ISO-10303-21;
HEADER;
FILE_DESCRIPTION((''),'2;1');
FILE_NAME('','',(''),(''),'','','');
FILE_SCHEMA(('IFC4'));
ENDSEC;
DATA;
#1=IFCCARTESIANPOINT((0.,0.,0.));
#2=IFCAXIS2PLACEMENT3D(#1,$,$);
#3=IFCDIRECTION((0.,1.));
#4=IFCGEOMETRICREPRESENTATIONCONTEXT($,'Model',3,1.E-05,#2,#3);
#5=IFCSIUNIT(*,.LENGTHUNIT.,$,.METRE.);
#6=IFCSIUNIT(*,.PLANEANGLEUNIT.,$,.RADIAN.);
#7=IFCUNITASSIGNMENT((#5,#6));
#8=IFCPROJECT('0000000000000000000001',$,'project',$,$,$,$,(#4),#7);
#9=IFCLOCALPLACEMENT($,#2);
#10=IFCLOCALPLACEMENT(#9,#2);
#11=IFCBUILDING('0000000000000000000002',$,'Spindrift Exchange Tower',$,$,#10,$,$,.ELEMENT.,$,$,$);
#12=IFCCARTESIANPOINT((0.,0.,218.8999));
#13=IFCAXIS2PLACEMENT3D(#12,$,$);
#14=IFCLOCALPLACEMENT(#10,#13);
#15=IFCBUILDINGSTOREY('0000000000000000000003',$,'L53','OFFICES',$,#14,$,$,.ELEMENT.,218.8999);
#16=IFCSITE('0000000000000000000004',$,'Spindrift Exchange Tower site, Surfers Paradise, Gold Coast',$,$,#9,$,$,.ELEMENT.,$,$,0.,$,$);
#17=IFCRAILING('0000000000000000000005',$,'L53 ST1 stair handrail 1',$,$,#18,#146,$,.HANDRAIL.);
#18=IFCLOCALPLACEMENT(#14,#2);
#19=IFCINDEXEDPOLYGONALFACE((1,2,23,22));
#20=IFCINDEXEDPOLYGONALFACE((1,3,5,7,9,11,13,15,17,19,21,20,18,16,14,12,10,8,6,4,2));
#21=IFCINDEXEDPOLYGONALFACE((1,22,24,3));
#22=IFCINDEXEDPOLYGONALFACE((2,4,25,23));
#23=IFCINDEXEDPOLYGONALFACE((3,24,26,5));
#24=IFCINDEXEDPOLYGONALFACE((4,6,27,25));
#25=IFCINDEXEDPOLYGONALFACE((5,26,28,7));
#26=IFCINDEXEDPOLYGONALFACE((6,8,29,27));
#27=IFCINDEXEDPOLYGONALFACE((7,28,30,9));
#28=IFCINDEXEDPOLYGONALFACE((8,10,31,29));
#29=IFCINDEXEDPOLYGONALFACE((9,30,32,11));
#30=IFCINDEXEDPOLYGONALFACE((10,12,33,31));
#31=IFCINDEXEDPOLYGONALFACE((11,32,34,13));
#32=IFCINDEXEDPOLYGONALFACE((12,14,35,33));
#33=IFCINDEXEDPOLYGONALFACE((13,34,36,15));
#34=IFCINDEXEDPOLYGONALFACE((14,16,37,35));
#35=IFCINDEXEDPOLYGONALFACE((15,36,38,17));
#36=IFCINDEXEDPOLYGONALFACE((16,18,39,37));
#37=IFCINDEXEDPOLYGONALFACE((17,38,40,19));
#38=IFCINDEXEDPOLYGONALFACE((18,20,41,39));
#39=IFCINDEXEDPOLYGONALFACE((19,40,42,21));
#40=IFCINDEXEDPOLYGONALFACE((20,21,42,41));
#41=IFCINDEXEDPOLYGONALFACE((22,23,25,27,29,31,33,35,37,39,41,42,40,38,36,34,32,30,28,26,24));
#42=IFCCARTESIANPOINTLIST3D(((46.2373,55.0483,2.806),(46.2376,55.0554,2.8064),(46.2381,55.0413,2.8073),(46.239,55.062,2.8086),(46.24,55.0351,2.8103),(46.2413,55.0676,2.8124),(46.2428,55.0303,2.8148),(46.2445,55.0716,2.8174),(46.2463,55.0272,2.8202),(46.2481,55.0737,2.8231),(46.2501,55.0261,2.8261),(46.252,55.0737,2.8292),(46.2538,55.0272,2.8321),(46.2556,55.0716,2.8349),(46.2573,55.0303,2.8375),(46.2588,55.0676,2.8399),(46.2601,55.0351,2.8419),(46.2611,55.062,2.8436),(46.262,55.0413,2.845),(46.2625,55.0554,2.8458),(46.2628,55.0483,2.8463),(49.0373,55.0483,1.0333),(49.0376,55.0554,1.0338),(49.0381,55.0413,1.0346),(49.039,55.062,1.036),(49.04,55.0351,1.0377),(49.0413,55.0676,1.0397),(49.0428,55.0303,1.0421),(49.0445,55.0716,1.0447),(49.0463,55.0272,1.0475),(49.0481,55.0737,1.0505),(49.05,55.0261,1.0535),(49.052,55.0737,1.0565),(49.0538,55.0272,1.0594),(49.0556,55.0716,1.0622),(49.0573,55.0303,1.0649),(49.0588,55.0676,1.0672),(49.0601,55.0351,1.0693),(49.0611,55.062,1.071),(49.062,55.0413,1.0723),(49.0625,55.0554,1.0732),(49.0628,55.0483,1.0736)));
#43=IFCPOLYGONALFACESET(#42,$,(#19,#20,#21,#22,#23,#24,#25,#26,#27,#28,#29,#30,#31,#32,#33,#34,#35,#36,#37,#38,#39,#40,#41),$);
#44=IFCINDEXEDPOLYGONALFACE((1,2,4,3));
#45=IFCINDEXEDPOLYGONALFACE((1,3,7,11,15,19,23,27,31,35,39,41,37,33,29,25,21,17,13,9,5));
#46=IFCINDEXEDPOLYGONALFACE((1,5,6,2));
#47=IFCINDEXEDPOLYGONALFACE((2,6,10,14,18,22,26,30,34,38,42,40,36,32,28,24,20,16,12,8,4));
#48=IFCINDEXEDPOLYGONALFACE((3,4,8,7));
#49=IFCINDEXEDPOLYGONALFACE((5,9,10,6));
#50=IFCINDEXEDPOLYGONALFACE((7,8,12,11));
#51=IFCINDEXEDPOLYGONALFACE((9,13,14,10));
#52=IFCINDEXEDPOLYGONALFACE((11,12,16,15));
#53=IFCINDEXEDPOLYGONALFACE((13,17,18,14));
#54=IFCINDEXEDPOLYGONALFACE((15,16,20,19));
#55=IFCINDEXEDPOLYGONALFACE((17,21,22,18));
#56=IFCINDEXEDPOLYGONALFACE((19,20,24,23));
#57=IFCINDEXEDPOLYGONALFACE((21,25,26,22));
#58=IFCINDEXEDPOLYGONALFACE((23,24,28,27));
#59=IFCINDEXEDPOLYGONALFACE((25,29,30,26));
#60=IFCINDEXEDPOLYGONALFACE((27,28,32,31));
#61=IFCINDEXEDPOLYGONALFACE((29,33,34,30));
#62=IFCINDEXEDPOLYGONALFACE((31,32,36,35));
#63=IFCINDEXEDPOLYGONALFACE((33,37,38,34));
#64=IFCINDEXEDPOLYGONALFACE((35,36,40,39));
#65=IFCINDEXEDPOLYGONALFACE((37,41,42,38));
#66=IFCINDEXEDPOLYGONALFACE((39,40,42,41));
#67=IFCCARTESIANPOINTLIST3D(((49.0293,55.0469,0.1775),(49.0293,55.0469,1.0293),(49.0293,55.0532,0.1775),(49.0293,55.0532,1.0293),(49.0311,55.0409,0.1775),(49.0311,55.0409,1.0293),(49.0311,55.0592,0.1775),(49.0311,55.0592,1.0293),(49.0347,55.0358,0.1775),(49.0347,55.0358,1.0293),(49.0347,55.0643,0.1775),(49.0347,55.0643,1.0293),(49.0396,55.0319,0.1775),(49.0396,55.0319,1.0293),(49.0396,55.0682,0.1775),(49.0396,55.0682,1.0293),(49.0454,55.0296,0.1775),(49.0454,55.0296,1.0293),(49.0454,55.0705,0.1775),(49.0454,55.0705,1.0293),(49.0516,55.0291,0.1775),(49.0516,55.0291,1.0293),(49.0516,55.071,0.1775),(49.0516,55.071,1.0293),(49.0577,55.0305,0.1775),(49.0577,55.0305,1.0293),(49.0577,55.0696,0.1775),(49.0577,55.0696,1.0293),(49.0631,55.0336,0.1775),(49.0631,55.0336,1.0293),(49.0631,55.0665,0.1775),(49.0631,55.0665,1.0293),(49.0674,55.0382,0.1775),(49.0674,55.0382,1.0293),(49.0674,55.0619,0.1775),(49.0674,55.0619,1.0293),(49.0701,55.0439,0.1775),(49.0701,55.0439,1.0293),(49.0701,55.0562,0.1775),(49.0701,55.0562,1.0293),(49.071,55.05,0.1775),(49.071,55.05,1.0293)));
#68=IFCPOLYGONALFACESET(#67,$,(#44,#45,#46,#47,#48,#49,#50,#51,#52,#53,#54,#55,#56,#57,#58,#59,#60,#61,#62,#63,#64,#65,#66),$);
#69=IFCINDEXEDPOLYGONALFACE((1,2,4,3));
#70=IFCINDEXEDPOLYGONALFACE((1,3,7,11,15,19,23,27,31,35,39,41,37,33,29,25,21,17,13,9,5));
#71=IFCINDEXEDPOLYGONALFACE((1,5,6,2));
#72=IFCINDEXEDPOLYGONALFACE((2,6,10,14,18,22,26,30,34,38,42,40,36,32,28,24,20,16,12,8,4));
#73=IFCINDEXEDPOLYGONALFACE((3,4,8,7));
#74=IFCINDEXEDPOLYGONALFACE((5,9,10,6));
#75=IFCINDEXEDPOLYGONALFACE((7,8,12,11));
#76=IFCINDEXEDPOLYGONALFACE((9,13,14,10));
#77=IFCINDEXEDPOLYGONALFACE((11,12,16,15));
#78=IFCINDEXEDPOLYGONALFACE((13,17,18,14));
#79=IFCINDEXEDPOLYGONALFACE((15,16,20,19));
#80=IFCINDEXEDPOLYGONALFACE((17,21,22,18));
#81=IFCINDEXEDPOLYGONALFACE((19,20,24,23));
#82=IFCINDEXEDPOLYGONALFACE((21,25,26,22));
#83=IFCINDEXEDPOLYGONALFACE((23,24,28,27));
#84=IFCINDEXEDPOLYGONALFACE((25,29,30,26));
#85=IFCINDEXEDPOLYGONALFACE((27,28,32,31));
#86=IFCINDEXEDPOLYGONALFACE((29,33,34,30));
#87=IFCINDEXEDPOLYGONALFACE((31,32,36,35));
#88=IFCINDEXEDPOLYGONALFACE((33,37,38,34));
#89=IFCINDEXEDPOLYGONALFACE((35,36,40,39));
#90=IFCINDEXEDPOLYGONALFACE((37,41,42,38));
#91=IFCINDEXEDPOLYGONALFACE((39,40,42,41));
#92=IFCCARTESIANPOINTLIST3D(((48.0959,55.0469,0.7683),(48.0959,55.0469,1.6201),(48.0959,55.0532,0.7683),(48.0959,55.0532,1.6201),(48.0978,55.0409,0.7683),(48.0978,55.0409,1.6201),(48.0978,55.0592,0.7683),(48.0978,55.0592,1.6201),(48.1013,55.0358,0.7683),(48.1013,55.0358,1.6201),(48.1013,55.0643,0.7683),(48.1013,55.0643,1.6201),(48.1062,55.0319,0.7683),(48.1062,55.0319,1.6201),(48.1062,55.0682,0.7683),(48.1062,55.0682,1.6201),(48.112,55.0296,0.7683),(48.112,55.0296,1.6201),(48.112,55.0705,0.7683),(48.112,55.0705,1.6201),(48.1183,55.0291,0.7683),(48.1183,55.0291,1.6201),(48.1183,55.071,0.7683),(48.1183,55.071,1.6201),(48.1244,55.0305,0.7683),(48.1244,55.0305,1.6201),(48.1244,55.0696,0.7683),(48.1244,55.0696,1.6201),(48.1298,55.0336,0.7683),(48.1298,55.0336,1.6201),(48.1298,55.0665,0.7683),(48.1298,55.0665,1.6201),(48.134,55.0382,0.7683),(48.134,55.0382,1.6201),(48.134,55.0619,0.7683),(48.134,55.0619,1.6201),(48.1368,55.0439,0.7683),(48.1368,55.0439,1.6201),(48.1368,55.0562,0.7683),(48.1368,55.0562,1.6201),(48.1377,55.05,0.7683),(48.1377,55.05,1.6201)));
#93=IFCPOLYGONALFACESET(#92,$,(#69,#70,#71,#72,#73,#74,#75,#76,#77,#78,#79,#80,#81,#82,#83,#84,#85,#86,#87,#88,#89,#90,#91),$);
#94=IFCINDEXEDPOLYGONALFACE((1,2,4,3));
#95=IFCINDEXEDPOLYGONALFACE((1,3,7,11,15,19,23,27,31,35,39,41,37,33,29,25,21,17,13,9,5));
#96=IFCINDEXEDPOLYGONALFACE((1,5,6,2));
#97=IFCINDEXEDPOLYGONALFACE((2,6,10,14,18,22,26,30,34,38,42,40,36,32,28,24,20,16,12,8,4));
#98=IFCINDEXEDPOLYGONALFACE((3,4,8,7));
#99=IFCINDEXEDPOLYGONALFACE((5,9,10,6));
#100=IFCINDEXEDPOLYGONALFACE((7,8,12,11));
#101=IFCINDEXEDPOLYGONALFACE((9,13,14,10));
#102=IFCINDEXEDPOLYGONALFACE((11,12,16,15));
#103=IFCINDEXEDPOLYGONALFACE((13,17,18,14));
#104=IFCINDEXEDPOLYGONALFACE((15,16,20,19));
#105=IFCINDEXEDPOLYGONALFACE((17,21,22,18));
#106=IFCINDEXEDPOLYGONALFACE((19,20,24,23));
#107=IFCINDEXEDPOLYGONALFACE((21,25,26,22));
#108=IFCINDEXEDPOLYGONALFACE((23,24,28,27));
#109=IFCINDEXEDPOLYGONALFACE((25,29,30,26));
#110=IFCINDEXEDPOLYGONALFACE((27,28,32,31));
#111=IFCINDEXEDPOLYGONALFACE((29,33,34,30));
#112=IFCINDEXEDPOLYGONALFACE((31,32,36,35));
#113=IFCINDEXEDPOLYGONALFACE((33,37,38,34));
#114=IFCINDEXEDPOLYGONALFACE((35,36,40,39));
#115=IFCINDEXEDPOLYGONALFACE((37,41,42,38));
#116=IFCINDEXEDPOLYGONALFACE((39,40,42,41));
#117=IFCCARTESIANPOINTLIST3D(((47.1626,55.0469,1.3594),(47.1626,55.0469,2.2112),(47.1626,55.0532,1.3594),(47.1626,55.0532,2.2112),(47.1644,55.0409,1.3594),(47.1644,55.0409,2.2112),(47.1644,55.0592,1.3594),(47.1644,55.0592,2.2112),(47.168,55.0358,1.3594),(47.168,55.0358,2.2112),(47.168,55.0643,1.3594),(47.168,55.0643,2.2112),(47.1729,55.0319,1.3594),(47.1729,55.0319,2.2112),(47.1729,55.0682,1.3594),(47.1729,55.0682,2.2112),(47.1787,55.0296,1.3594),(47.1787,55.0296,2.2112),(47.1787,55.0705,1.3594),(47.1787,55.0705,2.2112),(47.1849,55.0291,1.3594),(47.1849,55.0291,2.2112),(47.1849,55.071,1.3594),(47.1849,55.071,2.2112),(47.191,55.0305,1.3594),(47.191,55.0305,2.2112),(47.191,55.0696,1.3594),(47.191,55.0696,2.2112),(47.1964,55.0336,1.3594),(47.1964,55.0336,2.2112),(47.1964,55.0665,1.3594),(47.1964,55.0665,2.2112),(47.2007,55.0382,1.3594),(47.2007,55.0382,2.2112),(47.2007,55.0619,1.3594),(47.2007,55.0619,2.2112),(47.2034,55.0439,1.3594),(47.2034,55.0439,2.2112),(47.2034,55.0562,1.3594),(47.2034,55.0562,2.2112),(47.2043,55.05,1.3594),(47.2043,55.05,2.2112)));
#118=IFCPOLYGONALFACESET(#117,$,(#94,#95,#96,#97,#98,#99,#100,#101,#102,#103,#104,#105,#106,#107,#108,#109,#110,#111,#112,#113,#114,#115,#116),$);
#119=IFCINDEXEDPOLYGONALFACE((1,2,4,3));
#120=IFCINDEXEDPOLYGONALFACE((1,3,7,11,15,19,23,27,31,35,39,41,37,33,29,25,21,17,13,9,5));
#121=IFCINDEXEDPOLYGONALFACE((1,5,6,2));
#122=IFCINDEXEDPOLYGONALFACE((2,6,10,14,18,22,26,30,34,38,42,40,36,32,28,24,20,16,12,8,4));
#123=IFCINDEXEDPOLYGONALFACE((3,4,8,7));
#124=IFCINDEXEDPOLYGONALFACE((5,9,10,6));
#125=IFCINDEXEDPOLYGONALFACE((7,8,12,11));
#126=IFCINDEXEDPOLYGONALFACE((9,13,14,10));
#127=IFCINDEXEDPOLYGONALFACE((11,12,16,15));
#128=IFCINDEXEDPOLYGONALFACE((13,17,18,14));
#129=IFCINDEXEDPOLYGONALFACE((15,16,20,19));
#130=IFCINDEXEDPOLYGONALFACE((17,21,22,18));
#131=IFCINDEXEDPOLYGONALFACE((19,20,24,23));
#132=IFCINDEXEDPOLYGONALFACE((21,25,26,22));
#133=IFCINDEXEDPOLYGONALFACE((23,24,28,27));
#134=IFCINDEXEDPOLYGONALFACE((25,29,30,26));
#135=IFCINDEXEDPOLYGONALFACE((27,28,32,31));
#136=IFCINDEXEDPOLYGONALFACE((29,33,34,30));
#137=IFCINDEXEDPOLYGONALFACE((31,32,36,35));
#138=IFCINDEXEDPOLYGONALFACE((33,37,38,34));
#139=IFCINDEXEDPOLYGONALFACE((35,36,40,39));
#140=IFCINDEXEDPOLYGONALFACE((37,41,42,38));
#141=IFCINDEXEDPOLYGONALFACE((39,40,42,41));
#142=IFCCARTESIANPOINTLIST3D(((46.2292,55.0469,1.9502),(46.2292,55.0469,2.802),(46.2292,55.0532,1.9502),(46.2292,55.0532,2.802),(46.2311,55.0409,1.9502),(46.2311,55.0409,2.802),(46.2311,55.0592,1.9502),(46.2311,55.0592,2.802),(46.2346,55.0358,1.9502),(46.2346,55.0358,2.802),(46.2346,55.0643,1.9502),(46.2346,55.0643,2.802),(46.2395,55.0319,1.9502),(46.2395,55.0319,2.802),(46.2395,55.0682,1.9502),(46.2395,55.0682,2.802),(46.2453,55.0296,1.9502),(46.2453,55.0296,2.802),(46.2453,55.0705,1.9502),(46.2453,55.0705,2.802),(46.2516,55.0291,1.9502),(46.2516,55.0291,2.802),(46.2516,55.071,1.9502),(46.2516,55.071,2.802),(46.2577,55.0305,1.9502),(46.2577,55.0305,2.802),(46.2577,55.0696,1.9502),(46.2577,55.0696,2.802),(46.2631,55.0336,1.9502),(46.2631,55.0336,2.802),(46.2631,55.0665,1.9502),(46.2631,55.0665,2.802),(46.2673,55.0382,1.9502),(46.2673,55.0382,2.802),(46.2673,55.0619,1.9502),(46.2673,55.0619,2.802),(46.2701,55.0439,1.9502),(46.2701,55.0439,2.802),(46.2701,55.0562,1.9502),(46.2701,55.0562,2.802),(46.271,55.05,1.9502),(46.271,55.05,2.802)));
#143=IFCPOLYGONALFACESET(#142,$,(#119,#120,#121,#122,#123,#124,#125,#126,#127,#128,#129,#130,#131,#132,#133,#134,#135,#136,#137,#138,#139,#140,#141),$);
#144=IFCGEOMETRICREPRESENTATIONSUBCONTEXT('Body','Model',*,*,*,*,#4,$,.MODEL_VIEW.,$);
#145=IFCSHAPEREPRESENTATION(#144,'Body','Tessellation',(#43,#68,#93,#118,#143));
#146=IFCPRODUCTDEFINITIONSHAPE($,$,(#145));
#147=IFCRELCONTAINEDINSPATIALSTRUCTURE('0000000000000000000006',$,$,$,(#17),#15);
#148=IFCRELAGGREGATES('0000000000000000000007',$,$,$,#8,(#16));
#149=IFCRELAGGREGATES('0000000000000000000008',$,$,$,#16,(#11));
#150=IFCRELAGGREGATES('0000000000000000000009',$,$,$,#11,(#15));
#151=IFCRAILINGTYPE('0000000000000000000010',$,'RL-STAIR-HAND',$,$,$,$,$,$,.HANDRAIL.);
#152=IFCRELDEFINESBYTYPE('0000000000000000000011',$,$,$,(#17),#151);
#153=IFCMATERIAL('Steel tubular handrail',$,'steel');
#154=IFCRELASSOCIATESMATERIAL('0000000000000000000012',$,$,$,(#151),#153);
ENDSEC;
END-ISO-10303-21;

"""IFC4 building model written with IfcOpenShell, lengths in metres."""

from ifc_helpers import new_model, si_unit, direction, frame, origin, origin_2d, place, context, subcontext, project, spatial, circle, extrude, material, type_object, element, save


model = new_model("IFC4")

# Units and contexts
model_context = context("Model", 3, precision=1e-05, world=origin(), true_north=direction((0.0, 1.0)))
body_context = subcontext(model_context, "Body", "Model", "MODEL_VIEW")
ifc_project = project(units=[si_unit("LENGTHUNIT", "METRE"), si_unit("PLANEANGLEUNIT", "RADIAN")], contexts=[model_context])

# Site, building, storey
site_placement = place(None, origin())
site = spatial("IfcSite", under=ifc_project, at=site_placement, Name="Spindrift Exchange Tower site, Surfers Paradise, Gold Coast", CompositionType="ELEMENT", RefElevation=0.0)
building_placement = place(site_placement, origin())
building = spatial("IfcBuilding", under=site, at=building_placement, Name="Spindrift Exchange Tower", CompositionType="ELEMENT")
storey_placement = place(building_placement, frame((0.0, 0.0, 218.8999)))
storey = spatial("IfcBuildingStorey", under=building, at=storey_placement, Name="L53", Description="OFFICES", CompositionType="ELEMENT", Elevation=218.8999)

# Railing
ifc_material_1 = material(Name="Steel tubular handrail", Category="steel")
railing_type_1 = type_object("IfcRailingType", Name="RL-STAIR-HAND", PredefinedType="HANDRAIL", material=ifc_material_1)
railing_1_placement = place(storey_placement, frame((49.05, 55.05, 0.1775)))
element("IfcRailing", 1, at=railing_1_placement, inside=storey, type_object=railing_type_1, Name="L53 ST1 stair handrail 1", PredefinedType="HANDRAIL", context=body_context, shape_type="SweptSolid", body=[
    extrude(circle(Radius=0.0239, at=origin_2d()), frame((0.0, 0.0, 0.876), z_axis=(-0.844909, 0.0, 0.53491), x_axis=(0.0, -1.0, 0.0)), (0.0, 0.0, 1.0), 3.314),
    extrude(circle(Radius=0.021, at=origin_2d()), origin(), (0.0, 0.0, 1.0), 0.8518),
    extrude(circle(Radius=0.021, at=origin_2d()), frame((-0.9333, 0.0, 0.5908)), (0.0, 0.0, 1.0), 0.8518),
    extrude(circle(Radius=0.021, at=origin_2d()), frame((-1.8667, 0.0, 1.1819)), (0.0, 0.0, 1.0), 0.8518),
    extrude(circle(Radius=0.021, at=origin_2d()), frame((-2.8, 0.0, 1.7727)), (0.0, 0.0, 1.0), 0.8518),
])

save(model, "model.ifc")
